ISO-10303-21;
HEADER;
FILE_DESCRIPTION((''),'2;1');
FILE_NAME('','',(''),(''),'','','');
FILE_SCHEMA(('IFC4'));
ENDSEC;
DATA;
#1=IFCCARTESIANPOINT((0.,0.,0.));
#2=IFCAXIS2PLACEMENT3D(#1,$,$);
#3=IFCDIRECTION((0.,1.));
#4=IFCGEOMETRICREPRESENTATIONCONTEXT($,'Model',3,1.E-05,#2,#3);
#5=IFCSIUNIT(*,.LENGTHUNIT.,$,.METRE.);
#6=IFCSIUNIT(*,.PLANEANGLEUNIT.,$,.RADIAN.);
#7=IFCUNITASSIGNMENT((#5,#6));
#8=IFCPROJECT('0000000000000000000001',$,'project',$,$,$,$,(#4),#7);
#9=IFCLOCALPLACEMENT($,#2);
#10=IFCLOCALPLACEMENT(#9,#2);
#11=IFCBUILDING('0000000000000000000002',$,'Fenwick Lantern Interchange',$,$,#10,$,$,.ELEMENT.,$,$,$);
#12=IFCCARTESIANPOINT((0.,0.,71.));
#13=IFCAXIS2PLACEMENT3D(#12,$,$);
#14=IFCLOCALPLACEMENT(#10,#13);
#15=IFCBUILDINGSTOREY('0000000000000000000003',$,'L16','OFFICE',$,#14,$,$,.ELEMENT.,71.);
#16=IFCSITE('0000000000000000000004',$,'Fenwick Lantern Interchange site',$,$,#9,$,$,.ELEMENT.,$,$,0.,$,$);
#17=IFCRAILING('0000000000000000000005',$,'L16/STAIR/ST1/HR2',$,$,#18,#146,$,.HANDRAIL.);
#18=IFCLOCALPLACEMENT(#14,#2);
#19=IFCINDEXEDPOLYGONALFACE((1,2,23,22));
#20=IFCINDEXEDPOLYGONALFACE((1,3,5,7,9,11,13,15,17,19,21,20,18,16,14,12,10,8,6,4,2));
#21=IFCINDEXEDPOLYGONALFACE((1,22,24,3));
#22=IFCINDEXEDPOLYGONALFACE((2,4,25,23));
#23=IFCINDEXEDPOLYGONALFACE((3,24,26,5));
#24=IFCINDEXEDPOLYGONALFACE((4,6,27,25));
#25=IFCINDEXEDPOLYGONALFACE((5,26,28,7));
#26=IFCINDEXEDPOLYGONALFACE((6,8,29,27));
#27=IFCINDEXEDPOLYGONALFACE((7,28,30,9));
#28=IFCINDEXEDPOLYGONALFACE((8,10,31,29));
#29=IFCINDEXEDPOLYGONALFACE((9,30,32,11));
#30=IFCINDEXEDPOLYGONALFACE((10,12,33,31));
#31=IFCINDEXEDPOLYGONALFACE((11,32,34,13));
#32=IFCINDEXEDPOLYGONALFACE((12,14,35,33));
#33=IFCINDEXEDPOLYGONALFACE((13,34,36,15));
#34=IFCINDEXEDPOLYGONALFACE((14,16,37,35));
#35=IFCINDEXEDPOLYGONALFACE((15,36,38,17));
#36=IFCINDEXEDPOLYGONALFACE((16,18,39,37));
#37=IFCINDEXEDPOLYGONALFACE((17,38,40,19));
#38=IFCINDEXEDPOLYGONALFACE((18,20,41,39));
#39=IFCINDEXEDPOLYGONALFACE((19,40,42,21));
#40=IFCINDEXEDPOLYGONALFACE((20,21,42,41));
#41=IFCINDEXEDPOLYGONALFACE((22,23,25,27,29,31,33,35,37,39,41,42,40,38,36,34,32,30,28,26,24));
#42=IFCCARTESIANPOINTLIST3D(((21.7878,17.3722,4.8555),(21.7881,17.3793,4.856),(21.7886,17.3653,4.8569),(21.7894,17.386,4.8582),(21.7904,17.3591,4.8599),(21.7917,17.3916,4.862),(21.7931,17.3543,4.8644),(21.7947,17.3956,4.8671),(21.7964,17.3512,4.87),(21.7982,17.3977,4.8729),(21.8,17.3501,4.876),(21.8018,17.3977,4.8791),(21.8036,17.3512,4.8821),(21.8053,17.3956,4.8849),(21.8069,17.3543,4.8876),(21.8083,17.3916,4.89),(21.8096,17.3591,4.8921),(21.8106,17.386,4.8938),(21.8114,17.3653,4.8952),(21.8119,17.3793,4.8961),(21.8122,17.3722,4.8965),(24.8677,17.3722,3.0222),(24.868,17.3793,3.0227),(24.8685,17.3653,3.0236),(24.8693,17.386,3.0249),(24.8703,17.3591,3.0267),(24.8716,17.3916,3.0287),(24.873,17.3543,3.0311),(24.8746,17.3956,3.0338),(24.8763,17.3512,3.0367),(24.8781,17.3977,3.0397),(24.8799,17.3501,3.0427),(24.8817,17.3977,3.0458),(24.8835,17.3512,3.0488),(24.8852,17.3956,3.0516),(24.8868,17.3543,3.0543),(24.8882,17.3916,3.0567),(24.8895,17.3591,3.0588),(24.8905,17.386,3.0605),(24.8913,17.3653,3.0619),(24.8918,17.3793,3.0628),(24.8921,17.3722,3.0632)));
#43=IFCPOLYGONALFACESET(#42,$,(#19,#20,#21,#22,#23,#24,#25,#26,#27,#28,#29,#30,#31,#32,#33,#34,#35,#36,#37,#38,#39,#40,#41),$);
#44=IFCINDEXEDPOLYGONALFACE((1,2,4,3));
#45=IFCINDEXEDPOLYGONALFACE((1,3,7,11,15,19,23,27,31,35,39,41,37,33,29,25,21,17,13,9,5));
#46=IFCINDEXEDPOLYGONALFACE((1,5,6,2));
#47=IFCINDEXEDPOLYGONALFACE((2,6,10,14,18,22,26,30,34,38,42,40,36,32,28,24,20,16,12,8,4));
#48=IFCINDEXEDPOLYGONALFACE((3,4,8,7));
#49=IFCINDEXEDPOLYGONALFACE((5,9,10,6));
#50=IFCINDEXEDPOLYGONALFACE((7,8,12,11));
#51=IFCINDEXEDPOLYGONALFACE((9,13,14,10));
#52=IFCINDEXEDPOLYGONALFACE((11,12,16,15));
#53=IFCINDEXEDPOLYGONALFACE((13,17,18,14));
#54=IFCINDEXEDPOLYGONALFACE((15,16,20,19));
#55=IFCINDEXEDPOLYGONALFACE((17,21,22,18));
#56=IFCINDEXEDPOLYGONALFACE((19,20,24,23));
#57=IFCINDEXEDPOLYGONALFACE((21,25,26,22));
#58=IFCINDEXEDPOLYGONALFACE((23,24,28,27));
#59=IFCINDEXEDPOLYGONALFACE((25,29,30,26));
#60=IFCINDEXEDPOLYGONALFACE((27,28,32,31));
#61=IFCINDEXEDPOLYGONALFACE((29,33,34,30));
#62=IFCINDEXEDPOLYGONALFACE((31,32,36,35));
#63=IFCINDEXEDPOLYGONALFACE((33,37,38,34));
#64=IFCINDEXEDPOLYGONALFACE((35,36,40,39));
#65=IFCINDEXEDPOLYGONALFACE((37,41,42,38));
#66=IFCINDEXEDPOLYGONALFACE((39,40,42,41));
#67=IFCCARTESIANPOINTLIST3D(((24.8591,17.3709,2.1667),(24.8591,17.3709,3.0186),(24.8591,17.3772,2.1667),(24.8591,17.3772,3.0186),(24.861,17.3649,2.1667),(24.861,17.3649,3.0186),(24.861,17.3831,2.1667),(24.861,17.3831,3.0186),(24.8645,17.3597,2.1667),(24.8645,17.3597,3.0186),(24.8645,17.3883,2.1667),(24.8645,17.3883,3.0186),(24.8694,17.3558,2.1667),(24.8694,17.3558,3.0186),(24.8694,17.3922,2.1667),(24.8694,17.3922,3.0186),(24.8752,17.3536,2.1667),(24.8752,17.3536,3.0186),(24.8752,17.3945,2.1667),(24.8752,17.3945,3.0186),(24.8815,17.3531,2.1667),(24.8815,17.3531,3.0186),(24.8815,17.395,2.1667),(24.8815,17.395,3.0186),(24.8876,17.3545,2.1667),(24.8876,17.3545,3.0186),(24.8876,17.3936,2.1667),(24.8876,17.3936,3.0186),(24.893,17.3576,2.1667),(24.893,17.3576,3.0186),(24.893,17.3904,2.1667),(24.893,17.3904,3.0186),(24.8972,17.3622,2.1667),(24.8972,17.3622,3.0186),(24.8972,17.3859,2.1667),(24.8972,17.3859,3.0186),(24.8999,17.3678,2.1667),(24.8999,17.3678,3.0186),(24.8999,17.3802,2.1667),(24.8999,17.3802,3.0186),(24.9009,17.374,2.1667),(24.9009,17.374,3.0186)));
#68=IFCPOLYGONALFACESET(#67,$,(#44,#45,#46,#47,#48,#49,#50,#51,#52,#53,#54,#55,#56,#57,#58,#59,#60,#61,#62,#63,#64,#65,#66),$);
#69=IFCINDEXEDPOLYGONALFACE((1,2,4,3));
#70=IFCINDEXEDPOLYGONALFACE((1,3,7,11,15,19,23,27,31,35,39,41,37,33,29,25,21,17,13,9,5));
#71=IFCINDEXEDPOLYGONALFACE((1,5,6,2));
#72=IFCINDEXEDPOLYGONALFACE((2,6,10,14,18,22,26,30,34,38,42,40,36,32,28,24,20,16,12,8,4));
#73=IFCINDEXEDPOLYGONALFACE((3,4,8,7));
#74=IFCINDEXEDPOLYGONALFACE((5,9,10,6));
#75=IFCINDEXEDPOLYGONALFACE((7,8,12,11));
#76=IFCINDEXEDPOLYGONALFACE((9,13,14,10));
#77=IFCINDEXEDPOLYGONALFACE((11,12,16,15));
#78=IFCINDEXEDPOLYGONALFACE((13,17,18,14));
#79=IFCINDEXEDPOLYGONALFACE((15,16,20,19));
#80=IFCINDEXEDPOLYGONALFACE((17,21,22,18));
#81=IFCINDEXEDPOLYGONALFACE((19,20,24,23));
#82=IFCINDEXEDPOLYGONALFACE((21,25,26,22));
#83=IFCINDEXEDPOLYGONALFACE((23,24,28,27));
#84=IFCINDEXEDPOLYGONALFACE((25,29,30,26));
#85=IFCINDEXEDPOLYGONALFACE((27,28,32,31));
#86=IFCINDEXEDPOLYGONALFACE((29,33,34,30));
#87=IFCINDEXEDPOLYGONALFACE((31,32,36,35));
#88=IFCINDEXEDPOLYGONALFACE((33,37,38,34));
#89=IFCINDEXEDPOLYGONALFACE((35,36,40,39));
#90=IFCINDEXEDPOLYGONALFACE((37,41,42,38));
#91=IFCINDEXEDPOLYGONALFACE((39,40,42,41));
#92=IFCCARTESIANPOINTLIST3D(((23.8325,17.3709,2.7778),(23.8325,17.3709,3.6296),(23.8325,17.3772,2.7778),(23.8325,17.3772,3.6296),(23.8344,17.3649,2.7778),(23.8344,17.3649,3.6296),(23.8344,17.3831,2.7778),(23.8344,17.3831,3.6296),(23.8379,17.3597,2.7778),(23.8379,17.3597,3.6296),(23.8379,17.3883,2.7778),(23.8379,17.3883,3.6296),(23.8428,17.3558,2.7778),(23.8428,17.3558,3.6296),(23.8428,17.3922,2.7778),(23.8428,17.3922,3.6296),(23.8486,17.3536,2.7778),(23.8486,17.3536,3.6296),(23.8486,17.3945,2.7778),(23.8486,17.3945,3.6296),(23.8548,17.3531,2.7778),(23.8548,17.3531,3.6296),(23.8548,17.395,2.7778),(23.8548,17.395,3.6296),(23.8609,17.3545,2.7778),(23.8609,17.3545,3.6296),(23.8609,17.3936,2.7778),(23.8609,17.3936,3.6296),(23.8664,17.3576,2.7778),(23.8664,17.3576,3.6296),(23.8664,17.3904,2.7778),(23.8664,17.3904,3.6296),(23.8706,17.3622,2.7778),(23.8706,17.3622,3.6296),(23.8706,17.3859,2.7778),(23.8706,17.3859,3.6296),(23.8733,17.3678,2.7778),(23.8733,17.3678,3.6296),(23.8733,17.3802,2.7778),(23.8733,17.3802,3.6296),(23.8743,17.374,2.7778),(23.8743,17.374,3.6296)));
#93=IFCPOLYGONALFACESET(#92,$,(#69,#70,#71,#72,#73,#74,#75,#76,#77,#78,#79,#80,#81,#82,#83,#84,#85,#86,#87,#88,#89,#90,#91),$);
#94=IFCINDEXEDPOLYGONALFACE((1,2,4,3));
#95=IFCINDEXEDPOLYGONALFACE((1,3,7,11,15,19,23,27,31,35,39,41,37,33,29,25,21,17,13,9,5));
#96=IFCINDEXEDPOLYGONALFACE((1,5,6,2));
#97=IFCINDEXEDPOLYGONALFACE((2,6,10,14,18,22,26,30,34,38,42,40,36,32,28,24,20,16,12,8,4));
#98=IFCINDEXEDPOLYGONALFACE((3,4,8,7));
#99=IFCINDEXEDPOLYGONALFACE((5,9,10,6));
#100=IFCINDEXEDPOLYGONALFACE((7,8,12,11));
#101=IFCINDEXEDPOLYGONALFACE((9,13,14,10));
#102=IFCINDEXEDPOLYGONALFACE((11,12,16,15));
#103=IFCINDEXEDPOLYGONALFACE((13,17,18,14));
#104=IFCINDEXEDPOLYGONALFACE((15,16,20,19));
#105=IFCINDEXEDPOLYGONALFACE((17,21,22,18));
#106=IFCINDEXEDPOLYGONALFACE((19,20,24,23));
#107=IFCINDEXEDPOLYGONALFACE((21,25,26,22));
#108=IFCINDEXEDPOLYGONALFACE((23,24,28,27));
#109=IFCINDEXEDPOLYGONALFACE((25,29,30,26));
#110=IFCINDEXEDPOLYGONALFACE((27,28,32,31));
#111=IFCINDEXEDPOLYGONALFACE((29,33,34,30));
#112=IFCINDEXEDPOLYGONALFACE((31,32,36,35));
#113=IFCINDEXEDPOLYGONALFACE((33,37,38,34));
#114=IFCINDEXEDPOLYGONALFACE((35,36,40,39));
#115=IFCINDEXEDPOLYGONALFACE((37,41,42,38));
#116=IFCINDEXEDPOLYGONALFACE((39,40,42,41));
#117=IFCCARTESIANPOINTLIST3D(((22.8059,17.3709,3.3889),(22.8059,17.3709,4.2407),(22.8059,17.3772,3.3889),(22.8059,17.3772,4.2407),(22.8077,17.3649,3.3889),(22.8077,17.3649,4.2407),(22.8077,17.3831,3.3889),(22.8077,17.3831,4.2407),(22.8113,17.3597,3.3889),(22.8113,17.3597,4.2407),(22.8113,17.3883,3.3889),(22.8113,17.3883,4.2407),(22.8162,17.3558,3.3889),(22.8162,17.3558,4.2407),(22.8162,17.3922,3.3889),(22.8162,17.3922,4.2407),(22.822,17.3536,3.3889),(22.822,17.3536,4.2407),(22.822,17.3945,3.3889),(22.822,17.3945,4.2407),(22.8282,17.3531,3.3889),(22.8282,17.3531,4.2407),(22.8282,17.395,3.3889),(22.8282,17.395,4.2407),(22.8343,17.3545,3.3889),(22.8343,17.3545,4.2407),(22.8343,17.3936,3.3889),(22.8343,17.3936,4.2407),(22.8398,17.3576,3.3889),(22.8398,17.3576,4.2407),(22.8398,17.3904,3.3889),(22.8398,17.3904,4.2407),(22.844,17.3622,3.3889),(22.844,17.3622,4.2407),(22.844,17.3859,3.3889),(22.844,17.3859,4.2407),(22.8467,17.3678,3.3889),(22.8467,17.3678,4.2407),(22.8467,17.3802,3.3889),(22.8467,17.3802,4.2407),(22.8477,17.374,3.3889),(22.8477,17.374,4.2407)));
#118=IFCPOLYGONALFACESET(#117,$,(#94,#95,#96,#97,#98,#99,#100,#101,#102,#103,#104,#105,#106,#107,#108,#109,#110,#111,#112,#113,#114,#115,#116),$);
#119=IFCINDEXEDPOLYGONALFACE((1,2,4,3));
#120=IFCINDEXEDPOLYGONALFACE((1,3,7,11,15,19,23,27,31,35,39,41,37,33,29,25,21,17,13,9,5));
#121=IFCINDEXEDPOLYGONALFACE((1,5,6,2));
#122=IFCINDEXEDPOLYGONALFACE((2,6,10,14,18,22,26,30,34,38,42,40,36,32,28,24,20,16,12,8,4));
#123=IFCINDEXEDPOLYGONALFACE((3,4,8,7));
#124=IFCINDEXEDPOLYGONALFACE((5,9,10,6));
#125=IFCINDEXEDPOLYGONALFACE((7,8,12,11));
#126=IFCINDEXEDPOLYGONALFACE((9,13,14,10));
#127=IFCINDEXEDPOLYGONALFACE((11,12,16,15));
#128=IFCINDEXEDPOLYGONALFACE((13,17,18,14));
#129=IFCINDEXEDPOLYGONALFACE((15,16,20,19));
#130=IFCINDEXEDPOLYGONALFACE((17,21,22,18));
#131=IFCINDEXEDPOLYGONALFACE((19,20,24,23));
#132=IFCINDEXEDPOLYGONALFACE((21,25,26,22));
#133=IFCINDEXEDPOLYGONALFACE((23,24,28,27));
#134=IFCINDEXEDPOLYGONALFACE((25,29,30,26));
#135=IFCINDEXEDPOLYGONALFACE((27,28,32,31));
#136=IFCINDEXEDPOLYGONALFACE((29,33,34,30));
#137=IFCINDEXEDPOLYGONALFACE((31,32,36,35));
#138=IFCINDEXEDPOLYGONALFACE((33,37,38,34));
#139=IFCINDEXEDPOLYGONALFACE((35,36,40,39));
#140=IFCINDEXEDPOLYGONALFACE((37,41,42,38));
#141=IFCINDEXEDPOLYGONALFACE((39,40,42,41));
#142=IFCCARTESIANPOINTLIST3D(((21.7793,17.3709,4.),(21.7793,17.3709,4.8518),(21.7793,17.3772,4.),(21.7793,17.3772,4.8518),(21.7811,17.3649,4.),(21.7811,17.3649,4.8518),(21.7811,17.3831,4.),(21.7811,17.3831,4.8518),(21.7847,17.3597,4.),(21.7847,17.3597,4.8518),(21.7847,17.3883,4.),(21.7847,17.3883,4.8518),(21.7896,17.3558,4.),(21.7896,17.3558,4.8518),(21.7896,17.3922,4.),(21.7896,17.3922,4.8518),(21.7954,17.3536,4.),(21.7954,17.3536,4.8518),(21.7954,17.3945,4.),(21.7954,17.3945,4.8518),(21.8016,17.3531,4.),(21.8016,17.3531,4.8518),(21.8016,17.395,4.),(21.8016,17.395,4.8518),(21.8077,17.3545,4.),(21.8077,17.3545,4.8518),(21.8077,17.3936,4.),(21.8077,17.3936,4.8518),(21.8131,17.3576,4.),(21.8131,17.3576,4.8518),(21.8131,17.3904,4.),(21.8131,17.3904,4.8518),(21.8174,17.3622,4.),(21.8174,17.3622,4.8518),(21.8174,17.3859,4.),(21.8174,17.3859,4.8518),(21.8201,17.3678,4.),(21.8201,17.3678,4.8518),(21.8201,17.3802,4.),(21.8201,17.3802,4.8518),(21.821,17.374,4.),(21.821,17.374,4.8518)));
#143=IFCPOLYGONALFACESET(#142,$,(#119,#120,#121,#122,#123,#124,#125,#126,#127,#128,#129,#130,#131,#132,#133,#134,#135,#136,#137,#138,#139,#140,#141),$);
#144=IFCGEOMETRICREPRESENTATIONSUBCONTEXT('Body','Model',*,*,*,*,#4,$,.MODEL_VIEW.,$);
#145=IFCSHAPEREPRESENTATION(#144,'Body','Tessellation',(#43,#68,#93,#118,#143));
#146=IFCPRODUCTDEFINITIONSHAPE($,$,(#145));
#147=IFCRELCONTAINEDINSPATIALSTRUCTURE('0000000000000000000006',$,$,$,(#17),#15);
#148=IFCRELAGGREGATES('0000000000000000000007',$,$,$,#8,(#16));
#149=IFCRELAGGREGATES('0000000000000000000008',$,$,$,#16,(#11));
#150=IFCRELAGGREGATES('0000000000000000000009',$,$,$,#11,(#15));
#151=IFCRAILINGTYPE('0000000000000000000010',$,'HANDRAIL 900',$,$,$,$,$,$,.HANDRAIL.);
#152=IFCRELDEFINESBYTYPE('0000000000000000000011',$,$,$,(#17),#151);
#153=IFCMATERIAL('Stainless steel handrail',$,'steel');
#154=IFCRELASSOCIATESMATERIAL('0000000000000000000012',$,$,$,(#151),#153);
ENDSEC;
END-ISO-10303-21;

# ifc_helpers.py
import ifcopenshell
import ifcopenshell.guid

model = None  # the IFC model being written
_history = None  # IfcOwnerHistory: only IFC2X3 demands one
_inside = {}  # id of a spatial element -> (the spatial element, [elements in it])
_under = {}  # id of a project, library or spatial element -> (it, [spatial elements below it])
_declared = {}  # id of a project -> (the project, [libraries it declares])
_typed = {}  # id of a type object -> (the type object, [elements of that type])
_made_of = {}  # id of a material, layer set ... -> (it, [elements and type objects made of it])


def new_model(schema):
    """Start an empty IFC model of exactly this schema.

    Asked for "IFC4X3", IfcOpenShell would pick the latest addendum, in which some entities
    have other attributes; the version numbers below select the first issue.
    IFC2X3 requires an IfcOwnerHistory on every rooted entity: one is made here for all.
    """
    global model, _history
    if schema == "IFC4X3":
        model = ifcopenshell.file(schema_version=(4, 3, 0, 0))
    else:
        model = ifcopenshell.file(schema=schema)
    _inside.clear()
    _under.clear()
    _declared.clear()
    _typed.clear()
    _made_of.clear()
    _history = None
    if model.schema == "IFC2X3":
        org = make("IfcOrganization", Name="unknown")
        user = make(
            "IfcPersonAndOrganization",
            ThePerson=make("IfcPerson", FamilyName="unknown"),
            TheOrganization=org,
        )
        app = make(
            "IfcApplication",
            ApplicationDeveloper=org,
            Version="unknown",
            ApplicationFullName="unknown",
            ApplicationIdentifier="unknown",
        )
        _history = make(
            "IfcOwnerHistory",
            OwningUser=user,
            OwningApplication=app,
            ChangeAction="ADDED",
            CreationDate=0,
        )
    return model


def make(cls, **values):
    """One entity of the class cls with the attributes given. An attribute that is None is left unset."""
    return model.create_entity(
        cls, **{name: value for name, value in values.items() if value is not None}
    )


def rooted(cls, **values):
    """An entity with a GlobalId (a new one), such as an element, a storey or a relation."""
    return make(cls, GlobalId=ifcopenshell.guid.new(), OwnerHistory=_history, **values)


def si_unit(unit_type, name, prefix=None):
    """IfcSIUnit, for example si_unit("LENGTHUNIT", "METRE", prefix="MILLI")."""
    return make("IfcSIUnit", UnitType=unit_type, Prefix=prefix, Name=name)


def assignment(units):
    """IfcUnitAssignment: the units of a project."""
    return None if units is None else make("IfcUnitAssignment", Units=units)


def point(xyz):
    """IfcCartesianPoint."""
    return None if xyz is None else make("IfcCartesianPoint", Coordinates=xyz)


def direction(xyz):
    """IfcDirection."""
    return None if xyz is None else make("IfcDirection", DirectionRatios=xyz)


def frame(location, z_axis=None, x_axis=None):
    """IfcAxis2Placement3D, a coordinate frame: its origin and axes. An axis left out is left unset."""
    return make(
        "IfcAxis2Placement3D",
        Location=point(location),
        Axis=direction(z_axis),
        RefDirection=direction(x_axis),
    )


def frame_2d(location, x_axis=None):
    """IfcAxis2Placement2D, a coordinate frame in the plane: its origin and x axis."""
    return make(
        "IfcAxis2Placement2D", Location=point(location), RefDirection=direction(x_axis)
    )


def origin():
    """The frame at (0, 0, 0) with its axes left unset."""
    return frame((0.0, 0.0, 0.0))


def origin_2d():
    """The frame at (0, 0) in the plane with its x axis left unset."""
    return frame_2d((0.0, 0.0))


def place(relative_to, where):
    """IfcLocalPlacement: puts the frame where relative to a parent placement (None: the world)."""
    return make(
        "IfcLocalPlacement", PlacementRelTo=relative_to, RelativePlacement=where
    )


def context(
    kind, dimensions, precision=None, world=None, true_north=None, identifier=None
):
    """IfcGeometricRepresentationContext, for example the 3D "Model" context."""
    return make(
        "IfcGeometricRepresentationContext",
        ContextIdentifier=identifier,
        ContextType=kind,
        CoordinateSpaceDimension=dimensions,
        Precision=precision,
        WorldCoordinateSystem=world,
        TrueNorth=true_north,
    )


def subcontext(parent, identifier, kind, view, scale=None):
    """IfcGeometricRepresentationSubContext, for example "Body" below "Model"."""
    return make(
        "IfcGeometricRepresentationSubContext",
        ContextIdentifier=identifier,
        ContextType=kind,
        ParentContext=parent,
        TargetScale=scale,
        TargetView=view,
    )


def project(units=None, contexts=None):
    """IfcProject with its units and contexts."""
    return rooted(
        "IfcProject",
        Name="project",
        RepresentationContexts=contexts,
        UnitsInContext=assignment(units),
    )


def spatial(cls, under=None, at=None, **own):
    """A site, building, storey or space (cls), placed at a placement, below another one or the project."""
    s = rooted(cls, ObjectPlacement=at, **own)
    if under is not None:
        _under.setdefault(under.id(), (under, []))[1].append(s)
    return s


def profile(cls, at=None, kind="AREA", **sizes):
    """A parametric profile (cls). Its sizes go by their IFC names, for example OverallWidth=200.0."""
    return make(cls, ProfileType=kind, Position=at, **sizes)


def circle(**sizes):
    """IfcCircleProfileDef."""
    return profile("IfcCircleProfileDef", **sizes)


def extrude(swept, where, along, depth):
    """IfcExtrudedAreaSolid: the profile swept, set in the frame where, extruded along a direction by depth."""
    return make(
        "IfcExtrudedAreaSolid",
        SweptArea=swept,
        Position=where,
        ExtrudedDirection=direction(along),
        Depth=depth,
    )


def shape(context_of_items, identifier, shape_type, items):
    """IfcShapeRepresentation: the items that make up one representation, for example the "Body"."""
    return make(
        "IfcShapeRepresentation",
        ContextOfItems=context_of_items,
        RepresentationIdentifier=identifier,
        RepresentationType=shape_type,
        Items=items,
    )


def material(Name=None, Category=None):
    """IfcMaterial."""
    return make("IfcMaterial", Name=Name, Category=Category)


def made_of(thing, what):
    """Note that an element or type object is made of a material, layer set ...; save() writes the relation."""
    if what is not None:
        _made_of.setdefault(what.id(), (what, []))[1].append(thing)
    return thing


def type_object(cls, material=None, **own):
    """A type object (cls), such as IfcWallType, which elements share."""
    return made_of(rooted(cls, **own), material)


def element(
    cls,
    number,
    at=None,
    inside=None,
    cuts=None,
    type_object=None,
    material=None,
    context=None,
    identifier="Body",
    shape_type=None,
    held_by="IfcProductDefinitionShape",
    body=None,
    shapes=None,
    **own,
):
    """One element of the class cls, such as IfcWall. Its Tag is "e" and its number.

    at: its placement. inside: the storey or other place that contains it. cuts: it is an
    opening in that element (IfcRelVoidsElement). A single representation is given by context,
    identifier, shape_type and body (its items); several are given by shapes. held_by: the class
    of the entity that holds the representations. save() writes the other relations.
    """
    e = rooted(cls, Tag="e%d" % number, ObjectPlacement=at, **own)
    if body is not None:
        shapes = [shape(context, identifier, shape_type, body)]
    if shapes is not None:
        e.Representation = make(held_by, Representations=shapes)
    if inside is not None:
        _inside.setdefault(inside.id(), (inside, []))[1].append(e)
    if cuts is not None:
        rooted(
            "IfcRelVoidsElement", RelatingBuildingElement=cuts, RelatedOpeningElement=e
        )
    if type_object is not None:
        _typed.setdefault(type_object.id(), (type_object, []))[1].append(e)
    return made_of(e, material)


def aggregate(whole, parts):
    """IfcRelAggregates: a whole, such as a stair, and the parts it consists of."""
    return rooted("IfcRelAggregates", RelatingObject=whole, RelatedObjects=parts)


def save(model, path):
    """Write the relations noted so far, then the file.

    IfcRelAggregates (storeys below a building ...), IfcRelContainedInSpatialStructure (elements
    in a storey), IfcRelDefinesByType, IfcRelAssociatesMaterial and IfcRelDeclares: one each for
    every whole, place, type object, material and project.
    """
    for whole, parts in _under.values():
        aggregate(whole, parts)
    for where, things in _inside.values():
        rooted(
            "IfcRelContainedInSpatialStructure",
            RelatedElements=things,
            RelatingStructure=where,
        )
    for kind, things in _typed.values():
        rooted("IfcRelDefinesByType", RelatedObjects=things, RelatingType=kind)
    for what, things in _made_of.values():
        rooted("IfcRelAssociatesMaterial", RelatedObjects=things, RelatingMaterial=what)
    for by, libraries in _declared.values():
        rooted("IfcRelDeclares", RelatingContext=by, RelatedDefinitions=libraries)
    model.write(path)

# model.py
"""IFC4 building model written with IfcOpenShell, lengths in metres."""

from ifc_helpers import new_model, si_unit, direction, frame, origin, origin_2d, place, context, subcontext, project, spatial, circle, extrude, material, type_object, element, save


model = new_model("IFC4")

# Units and contexts
model_context = context("Model", 3, precision=1e-05, world=origin(), true_north=direction((0.0, 1.0)))
body_context = subcontext(model_context, "Body", "Model", "MODEL_VIEW")
ifc_project = project(units=[si_unit("LENGTHUNIT", "METRE"), si_unit("PLANEANGLEUNIT", "RADIAN")], contexts=[model_context])

# Site, building, storey
site_placement = place(None, origin())
site = spatial("IfcSite", under=ifc_project, at=site_placement, Name="Fenwick Lantern Interchange site", CompositionType="ELEMENT", RefElevation=0.0)
building_placement = place(site_placement, origin())
building = spatial("IfcBuilding", under=site, at=building_placement, Name="Fenwick Lantern Interchange", CompositionType="ELEMENT")
storey_placement = place(building_placement, frame((0.0, 0.0, 71.0)))
storey = spatial("IfcBuildingStorey", under=building, at=storey_placement, Name="L16", Description="OFFICE", CompositionType="ELEMENT", Elevation=71.0)

# Railing
ifc_material_1 = material(Name="Stainless steel handrail", Category="steel")
railing_type = type_object("IfcRailingType", Name="HANDRAIL 900", PredefinedType="HANDRAIL", material=ifc_material_1)
railing_1_placement = place(storey_placement, frame((24.8799, 17.374, 2.1667)))
element("IfcRailing", 1, at=railing_1_placement, inside=storey, type_object=railing_type, Name="L16/STAIR/ST1/HR2", PredefinedType="HANDRAIL", context=body_context, shape_type="SweptSolid", body=[
    extrude(circle(Radius=0.0239, at=origin_2d()), frame((0.0, 0.0, 0.876), z_axis=(-0.859291, 0.0, 0.511487), x_axis=(0.0, -1.0, 0.0)), (0.0, 0.0, 1.0), 3.5842),
    extrude(circle(Radius=0.021, at=origin_2d()), origin(), (0.0, 0.0, 1.0), 0.8518),
    extrude(circle(Radius=0.021, at=origin_2d()), frame((-1.0266, 0.0, 0.6111)), (0.0, 0.0, 1.0), 0.8518),
    extrude(circle(Radius=0.021, at=origin_2d()), frame((-2.0532, 0.0, 1.2222)), (0.0, 0.0, 1.0), 0.8518),
    extrude(circle(Radius=0.021, at=origin_2d()), frame((-3.0798, 0.0, 1.8333)), (0.0, 0.0, 1.0), 0.8518),
])

save(model, "model.ifc")
